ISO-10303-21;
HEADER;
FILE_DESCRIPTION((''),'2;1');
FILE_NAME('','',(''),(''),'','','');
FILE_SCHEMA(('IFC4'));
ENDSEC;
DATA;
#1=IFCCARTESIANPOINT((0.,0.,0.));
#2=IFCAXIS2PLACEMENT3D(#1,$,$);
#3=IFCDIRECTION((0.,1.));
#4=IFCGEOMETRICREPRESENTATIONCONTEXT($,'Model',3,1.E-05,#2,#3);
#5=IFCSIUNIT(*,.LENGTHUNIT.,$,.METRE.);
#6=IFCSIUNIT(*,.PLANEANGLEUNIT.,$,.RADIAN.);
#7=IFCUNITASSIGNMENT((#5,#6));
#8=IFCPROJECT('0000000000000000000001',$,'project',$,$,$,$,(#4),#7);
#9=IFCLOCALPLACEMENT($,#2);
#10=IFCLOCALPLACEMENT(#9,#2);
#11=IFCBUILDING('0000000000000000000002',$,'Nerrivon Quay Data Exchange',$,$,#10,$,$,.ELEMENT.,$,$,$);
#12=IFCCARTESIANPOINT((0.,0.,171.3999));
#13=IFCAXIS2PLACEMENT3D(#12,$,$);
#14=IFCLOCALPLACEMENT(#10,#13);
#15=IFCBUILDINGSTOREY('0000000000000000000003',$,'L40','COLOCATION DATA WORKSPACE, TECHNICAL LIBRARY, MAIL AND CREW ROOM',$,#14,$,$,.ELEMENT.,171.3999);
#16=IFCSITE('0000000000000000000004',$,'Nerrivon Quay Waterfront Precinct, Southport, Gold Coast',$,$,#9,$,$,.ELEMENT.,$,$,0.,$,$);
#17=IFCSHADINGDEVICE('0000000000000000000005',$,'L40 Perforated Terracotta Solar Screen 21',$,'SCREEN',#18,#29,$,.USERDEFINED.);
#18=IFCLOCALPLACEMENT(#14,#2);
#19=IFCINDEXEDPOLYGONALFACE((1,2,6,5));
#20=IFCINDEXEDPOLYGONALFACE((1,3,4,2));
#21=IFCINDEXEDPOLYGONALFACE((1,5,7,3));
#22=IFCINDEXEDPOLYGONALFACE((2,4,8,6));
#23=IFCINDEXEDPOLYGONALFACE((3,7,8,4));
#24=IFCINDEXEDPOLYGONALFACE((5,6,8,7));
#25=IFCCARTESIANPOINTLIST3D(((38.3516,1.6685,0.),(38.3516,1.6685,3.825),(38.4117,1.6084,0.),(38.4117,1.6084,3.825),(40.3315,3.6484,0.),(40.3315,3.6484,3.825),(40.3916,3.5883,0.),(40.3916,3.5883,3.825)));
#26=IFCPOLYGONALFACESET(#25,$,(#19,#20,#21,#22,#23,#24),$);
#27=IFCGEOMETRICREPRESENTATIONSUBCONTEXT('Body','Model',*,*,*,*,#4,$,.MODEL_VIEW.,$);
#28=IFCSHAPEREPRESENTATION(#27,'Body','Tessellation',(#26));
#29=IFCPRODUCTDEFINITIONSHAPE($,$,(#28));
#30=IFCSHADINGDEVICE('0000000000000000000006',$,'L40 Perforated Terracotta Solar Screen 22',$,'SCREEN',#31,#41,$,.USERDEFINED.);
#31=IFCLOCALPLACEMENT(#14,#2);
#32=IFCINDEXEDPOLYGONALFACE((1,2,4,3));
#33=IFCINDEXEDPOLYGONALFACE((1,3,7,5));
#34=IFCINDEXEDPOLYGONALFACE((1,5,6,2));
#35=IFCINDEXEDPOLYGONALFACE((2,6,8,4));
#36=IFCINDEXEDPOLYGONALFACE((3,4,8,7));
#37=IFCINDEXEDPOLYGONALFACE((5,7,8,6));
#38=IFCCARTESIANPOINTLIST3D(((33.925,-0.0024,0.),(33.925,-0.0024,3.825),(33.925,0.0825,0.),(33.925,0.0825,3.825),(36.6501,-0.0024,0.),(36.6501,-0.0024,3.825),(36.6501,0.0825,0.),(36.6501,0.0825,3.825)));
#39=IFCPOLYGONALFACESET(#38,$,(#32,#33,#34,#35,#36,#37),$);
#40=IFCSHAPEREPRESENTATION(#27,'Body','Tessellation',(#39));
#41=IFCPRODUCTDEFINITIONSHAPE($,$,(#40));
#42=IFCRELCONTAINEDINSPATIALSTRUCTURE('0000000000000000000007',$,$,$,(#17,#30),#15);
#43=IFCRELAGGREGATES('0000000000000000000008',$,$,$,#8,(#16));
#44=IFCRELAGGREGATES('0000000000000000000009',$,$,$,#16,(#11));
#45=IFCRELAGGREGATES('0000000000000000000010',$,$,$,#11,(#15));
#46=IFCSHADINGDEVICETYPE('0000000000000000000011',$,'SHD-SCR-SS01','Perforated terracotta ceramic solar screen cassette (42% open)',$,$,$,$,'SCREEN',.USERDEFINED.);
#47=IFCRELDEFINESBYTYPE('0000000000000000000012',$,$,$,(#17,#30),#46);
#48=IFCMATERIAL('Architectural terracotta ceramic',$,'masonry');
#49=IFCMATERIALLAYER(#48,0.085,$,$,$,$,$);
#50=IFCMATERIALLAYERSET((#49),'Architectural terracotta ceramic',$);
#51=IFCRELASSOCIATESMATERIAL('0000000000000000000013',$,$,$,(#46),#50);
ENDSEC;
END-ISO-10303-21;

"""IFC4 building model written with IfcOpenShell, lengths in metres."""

from ifc_helpers import new_model, si_unit, direction, frame, origin, origin_2d, place, context, subcontext, project, spatial, rectangle, extrude, material, layer, layer_set, type_object, element, save


model = new_model("IFC4")

# Units and contexts
model_context = context("Model", 3, precision=1e-05, world=origin(), true_north=direction((0.0, 1.0)))
body_context = subcontext(model_context, "Body", "Model", "MODEL_VIEW")
ifc_project = project(units=[si_unit("LENGTHUNIT", "METRE"), si_unit("PLANEANGLEUNIT", "RADIAN")], contexts=[model_context])

# Site, building, storey
site_placement = place(None, origin())
site = spatial("IfcSite", under=ifc_project, at=site_placement, Name="Nerrivon Quay Waterfront Precinct, Southport, Gold Coast", CompositionType="ELEMENT", RefElevation=0.0)
building_placement = place(site_placement, origin())
building = spatial("IfcBuilding", under=site, at=building_placement, Name="Nerrivon Quay Data Exchange", CompositionType="ELEMENT")
storey_placement = place(building_placement, frame((0.0, 0.0, 171.3999)))
storey = spatial("IfcBuildingStorey", under=building, at=storey_placement, Name="L40", Description="COLOCATION DATA WORKSPACE, TECHNICAL LIBRARY, MAIL AND CREW ROOM", CompositionType="ELEMENT", Elevation=171.3999)

# Shared definitions
ifc_material_1 = material(Name="Architectural terracotta ceramic", Category="masonry")

# Shading devices
ifc_layer_1 = layer(ifc_material_1, 0.085)
ifc_layer_set_1 = layer_set([ifc_layer_1], Name="Architectural terracotta ceramic")
shading_device_type_1 = type_object("IfcShadingDeviceType", Name="SHD-SCR-SS01", Description="Perforated terracotta ceramic solar screen cassette (42% open)", ElementType="SCREEN", PredefinedType="USERDEFINED", material=ifc_layer_set_1)
shading_device_1_placement = place(storey_placement, frame((39.3716, 2.6284, 0.0), z_axis=(0.0, 0.0, 1.0), x_axis=(-0.707107, -0.707107, 0.0)))
element("IfcShadingDevice", 1, at=shading_device_1_placement, inside=storey, type_object=shading_device_type_1, Name="L40 Perforated Terracotta Solar Screen 21", ObjectType="SCREEN", PredefinedType="USERDEFINED", context=body_context, shape_type="SweptSolid", body=[
    extrude(rectangle(XDim=2.8, YDim=0.085, at=origin_2d()), origin(), (0.0, 0.0, 1.0), 3.825),
])
shading_device_2_placement = place(storey_placement, frame((35.2876, 0.04, 0.0), z_axis=(0.0, 0.0, 1.0), x_axis=(-1.0, 0.0, 0.0)))
element("IfcShadingDevice", 2, at=shading_device_2_placement, inside=storey, type_object=shading_device_type_1, Name="L40 Perforated Terracotta Solar Screen 22", ObjectType="SCREEN", PredefinedType="USERDEFINED", context=body_context, shape_type="SweptSolid", body=[
    extrude(rectangle(XDim=2.7251, YDim=0.085, at=origin_2d()), origin(), (0.0, 0.0, 1.0), 3.825),
])

save(model, "model.ifc")
